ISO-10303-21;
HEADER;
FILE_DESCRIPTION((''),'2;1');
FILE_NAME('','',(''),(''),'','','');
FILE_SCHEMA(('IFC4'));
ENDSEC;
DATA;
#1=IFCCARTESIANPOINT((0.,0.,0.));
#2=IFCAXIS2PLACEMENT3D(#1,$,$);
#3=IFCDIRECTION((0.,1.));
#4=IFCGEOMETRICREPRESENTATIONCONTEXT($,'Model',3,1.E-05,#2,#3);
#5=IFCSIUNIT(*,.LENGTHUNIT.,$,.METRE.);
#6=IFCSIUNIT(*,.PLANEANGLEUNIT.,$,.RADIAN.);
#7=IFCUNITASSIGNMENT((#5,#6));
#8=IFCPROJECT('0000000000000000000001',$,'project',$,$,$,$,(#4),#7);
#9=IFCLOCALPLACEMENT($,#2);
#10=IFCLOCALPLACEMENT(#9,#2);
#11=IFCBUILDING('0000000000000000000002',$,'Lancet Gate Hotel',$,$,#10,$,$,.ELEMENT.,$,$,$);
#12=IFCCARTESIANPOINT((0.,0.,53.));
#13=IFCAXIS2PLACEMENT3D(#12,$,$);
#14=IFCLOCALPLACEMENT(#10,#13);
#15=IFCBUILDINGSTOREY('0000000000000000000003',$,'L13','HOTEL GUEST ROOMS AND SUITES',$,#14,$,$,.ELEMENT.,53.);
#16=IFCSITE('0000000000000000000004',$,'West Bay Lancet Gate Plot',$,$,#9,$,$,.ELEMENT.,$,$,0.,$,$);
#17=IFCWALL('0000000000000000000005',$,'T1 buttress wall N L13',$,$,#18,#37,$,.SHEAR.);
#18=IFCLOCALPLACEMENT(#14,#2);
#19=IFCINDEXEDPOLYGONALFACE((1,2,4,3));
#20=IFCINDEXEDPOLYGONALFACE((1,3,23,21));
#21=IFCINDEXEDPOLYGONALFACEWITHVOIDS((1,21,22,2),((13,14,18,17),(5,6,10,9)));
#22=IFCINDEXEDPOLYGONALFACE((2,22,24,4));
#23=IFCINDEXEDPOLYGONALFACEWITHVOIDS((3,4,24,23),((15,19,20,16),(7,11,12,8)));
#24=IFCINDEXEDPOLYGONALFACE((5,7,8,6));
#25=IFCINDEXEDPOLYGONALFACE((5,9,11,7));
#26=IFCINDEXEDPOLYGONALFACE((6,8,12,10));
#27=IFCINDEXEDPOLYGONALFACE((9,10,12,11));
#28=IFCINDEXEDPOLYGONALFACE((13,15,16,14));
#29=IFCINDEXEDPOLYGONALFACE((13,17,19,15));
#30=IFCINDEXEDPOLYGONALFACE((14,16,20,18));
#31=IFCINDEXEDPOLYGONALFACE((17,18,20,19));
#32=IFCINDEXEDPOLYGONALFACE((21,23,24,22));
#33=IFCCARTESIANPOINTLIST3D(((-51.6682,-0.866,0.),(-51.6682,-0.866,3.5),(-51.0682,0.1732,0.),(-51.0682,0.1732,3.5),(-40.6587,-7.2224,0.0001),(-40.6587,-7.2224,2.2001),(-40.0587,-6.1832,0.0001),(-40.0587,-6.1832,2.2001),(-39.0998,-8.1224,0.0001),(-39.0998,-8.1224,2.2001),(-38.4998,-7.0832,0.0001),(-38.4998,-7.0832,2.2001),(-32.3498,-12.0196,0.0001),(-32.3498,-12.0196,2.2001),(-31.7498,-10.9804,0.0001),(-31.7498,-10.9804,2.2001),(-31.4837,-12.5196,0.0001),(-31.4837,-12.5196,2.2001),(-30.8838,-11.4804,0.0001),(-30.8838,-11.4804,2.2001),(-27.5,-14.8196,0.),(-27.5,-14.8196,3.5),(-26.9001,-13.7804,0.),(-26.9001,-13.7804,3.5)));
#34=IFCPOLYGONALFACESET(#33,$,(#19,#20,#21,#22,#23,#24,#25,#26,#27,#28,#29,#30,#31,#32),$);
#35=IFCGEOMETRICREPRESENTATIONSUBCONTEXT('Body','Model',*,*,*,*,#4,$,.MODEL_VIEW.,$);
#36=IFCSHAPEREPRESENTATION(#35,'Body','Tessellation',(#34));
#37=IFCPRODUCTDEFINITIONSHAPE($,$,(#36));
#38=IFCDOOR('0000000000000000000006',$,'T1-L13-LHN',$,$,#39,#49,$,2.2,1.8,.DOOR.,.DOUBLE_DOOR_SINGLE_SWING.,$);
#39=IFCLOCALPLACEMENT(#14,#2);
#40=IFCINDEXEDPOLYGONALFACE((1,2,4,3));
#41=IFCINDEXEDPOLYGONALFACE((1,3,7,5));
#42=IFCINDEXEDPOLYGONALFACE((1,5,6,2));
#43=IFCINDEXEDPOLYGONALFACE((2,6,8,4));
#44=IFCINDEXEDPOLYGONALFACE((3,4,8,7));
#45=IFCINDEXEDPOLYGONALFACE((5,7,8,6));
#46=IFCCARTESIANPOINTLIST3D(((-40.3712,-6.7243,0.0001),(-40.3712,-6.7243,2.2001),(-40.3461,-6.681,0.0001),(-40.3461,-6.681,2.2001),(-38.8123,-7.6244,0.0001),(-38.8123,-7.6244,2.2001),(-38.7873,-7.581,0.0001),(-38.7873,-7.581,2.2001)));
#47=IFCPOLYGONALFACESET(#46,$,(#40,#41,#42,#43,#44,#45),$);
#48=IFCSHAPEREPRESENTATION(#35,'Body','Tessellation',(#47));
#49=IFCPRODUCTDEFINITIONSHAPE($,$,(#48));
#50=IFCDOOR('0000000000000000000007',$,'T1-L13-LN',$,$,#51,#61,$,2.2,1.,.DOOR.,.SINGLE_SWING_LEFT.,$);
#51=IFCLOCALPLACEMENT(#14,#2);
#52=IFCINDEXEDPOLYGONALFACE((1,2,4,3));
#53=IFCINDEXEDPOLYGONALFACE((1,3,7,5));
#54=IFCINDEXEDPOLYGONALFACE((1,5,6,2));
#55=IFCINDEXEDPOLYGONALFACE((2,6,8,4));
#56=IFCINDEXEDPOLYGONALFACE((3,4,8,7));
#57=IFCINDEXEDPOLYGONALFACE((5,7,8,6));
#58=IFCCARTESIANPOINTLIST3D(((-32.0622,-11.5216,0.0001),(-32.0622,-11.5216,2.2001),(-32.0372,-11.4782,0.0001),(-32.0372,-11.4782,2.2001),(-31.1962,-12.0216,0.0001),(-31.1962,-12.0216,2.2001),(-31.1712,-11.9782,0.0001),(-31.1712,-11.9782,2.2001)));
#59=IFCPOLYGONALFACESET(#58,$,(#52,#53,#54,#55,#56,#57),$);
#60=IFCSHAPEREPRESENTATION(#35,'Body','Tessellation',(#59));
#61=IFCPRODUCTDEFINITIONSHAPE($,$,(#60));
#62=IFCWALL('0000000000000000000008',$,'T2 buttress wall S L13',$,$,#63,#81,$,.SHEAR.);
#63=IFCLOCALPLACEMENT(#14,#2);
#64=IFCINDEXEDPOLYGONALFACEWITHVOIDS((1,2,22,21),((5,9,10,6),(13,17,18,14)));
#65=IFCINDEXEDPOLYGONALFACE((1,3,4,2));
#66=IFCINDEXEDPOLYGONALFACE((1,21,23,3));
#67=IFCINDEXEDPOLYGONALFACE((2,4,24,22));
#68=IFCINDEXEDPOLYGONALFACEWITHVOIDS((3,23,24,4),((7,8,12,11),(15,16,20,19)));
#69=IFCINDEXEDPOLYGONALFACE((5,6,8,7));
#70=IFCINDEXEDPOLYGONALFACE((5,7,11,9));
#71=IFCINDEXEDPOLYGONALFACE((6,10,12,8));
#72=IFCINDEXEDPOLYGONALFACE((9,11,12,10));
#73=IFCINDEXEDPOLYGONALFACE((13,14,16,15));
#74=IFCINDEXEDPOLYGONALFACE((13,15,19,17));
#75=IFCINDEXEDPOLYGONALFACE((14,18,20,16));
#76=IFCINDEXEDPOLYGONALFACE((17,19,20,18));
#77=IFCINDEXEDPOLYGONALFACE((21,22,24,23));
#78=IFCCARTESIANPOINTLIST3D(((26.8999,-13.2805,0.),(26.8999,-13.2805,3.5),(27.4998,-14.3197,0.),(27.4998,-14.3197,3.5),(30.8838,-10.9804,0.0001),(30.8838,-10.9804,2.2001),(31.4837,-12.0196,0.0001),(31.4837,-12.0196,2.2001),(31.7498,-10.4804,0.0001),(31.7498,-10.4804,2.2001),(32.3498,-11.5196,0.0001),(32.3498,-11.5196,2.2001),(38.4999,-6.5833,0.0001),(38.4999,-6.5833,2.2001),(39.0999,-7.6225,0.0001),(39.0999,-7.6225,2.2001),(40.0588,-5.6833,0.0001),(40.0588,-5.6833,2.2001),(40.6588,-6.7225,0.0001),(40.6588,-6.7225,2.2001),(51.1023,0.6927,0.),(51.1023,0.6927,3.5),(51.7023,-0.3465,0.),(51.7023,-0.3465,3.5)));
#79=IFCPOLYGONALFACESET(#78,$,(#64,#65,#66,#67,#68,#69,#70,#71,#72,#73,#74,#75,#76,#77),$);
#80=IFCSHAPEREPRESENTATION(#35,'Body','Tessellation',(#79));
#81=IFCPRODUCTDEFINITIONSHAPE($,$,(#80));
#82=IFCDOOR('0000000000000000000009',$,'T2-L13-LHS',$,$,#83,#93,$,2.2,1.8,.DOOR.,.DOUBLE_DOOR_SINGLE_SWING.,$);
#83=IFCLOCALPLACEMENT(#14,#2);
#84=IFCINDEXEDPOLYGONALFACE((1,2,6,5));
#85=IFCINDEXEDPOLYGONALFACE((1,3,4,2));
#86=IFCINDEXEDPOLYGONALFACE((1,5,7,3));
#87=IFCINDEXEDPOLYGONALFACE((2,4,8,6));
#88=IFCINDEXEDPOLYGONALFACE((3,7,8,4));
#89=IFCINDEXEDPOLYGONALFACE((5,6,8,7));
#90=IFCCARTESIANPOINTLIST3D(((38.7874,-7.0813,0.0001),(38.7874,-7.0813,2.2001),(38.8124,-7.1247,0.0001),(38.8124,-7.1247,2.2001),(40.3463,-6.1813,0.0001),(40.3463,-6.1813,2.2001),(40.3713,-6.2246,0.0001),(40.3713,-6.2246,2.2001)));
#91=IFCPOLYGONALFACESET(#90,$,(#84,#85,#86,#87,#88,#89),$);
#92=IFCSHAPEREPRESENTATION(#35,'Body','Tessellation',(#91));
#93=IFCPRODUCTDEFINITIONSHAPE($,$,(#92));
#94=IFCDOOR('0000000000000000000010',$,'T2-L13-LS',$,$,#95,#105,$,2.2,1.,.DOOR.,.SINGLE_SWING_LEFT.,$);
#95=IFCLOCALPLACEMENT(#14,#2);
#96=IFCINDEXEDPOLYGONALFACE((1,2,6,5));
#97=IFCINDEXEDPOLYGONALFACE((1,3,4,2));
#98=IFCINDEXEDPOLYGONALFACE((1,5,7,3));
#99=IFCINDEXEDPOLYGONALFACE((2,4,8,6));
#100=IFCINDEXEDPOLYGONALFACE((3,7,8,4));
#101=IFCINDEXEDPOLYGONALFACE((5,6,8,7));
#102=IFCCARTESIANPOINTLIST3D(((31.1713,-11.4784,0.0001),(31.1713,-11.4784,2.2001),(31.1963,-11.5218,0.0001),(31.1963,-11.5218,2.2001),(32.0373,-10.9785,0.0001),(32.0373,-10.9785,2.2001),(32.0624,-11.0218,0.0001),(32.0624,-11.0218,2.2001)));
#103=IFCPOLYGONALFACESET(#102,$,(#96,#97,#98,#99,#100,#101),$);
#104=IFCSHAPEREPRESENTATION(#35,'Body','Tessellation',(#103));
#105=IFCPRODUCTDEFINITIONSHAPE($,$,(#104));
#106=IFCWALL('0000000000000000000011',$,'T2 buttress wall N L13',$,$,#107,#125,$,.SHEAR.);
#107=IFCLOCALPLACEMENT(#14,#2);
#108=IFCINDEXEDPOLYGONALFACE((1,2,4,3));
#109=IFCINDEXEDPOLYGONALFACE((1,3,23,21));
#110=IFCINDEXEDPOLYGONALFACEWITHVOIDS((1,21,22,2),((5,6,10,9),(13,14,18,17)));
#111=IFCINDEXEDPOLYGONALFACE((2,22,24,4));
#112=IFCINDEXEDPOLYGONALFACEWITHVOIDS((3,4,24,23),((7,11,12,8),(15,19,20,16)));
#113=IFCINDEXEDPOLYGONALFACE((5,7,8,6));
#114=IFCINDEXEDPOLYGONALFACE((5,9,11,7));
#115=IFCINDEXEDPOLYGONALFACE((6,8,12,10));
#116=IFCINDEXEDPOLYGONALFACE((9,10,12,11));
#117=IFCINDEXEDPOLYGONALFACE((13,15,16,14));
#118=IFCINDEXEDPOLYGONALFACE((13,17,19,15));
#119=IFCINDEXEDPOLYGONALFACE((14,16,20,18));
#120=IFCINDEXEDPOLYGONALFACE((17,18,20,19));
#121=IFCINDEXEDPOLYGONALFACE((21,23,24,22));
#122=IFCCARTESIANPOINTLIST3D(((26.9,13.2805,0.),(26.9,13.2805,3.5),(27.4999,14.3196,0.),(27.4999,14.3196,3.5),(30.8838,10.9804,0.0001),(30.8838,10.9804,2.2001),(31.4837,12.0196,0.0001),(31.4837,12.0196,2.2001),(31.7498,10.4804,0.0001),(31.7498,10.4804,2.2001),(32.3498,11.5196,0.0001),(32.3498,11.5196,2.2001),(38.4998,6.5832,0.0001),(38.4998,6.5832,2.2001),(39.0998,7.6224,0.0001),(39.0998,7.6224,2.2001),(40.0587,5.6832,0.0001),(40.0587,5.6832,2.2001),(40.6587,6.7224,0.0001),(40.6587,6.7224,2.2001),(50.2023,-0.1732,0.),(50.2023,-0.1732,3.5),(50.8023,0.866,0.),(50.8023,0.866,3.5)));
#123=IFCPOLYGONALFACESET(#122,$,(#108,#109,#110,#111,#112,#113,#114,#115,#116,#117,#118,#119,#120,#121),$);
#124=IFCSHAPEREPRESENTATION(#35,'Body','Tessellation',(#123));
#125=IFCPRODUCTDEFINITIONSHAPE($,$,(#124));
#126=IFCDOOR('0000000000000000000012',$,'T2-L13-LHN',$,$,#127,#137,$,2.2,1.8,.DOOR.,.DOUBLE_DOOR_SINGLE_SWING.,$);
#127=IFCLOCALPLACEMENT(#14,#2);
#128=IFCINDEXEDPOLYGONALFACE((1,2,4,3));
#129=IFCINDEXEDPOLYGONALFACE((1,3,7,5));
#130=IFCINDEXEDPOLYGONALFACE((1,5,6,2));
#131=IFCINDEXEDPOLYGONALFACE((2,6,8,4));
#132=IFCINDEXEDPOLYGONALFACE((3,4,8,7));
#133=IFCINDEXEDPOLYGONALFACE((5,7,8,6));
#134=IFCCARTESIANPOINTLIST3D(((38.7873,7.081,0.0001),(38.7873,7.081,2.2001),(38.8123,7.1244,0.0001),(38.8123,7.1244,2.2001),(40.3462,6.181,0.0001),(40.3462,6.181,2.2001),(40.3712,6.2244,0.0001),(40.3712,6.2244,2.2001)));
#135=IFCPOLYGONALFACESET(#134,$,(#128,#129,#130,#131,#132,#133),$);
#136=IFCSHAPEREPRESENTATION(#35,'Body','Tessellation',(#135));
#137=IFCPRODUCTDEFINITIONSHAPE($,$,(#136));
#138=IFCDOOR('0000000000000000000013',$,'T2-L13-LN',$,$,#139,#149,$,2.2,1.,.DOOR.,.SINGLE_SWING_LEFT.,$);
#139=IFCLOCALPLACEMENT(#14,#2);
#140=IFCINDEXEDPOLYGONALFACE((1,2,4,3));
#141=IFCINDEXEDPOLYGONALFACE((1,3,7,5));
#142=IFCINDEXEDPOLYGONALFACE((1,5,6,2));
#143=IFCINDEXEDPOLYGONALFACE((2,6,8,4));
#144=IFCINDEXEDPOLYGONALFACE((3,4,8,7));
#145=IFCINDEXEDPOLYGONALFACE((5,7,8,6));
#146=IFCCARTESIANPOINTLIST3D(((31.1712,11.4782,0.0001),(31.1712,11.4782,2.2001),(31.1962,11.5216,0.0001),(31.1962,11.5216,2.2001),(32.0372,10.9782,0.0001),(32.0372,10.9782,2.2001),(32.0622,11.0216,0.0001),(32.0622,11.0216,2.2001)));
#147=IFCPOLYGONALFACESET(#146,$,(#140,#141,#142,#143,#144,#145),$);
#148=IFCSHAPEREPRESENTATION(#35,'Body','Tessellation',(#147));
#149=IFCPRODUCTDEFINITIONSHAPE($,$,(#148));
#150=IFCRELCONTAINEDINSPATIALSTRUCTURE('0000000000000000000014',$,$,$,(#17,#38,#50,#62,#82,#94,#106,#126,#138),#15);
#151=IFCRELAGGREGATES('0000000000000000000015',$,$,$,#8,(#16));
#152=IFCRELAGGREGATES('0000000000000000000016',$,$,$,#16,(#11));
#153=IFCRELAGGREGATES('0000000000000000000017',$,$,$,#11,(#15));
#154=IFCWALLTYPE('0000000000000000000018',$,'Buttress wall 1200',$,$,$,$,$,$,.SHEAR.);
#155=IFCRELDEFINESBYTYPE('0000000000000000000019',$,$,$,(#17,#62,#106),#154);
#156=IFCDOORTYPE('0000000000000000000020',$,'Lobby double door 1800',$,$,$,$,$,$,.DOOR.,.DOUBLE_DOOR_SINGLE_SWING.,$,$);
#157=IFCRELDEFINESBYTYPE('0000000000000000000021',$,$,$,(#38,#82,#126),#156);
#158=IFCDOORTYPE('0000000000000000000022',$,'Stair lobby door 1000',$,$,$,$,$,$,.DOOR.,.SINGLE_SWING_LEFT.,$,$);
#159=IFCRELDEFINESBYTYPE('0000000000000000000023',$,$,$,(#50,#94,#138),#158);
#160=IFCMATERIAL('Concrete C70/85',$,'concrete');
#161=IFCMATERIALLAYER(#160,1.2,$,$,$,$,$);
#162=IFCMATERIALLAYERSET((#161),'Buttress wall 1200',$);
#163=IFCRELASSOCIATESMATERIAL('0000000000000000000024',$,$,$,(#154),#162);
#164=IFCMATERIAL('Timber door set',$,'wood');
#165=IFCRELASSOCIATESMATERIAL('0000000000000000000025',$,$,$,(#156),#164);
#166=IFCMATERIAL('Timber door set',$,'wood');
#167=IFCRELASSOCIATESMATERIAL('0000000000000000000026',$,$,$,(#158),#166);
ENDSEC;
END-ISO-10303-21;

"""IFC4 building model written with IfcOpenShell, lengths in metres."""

from ifc_helpers import new_model, si_unit, direction, frame, frame_2d, origin, place, context, subcontext, project, spatial, rectangle, extrude, material, layer, layer_set, type_object, element, fill, save


model = new_model("IFC4")

# Units and contexts
model_context = context("Model", 3, precision=1e-05, world=origin(), true_north=direction((0.0, 1.0)))
body_context = subcontext(model_context, "Body", "Model", "MODEL_VIEW")
ifc_project = project(units=[si_unit("LENGTHUNIT", "METRE"), si_unit("PLANEANGLEUNIT", "RADIAN")], contexts=[model_context])

# Site, building, storey
site_placement = place(None, origin())
site = spatial("IfcSite", under=ifc_project, at=site_placement, Name="West Bay Lancet Gate Plot", CompositionType="ELEMENT", RefElevation=0.0)
building_placement = place(site_placement, origin())
building = spatial("IfcBuilding", under=site, at=building_placement, Name="Lancet Gate Hotel", CompositionType="ELEMENT")
storey_placement = place(building_placement, frame((0.0, 0.0, 53.0)))
storey = spatial("IfcBuildingStorey", under=building, at=storey_placement, Name="L13", Description="HOTEL GUEST ROOMS AND SUITES", CompositionType="ELEMENT", Elevation=53.0)

# Walls, openings, doors
ifc_material_1 = material(Name="Concrete C70/85", Category="concrete")
ifc_layer_1 = layer(ifc_material_1, 1.2)
ifc_layer_set_1 = layer_set([ifc_layer_1], Name="Buttress wall 1200")
wall_type = type_object("IfcWallType", Name="Buttress wall 1200", PredefinedType="SHEAR", material=ifc_layer_set_1)
wall_1_placement = place(storey_placement, frame((-27.2, -14.3, 0.0), z_axis=(0.0, 0.0, 1.0), x_axis=(-0.866024, 0.500002, 0.0)))
wall_1 = element("IfcWall", 1, at=wall_1_placement, inside=storey, type_object=wall_type, Name="T1 buttress wall N L13", PredefinedType="SHEAR", context=body_context, shape_type="SweptSolid", body=[
    extrude(rectangle(XDim=27.907, YDim=1.2, at=frame_2d((13.9536, 0.0))), origin(), (0.0, 0.0, 1.0), 3.5),
])
opening_1_placement = place(wall_1_placement, frame((4.6001, 0.0, 0.0)))
opening_1 = element("IfcOpeningElement", 2, at=opening_1_placement, cuts=wall_1, PredefinedType="OPENING", context=body_context, shape_type="SweptSolid", body=[
    extrude(rectangle(XDim=1.0, YDim=2.2, at=frame_2d((0.5, 1.1001))), frame((0.0, 0.6099, 0.0), z_axis=(0.0, -1.0, 0.0), x_axis=(1.0, 0.0, 0.0)), (0.0, 0.0, 1.0), 1.22),
])
opening_2_placement = place(wall_1_placement, frame((13.3945, 0.0, 0.0)))
opening_2 = element("IfcOpeningElement", 3, at=opening_2_placement, cuts=wall_1, PredefinedType="OPENING", context=body_context, shape_type="SweptSolid", body=[
    extrude(rectangle(XDim=1.8, YDim=2.2, at=frame_2d((0.8999, 1.1001))), frame((0.0, 0.6099, 0.0), z_axis=(0.0, -1.0, 0.0), x_axis=(1.0, 0.0, 0.0)), (0.0, 0.0, 1.0), 1.22),
])
ifc_material_2 = material(Name="Timber door set", Category="wood")
door_type_1 = type_object("IfcDoorType", Name="Lobby double door 1800", OperationType="DOUBLE_DOOR_SINGLE_SWING", PredefinedType="DOOR", material=ifc_material_2)
door_1_placement = place(opening_2_placement, origin())
door_1 = element("IfcDoor", 4, at=door_1_placement, inside=storey, type_object=door_type_1, Name="T1-L13-LHN", OperationType="DOUBLE_DOOR_SINGLE_SWING", OverallHeight=2.2, OverallWidth=1.8, PredefinedType="DOOR", context=body_context, shape_type="SweptSolid", body=[
    extrude(rectangle(XDim=1.8, YDim=2.2, at=frame_2d((0.8999, 1.1001))), frame((0.0, 0.0249, 0.0), z_axis=(0.0, -1.0, 0.0), x_axis=(1.0, 0.0, 0.0)), (0.0, 0.0, 1.0), 0.05),
])
fill(opening_2, door_1)
ifc_material_3 = material(Name="Timber door set", Category="wood")
door_type_2 = type_object("IfcDoorType", Name="Stair lobby door 1000", OperationType="SINGLE_SWING_LEFT", PredefinedType="DOOR", material=ifc_material_3)
door_2_placement = place(opening_1_placement, origin())
door_2 = element("IfcDoor", 5, at=door_2_placement, inside=storey, type_object=door_type_2, Name="T1-L13-LN", OperationType="SINGLE_SWING_LEFT", OverallHeight=2.2, OverallWidth=1.0, PredefinedType="DOOR", context=body_context, shape_type="SweptSolid", body=[
    extrude(rectangle(XDim=1.0, YDim=2.2, at=frame_2d((0.5, 1.1001))), frame((0.0, 0.0249, 0.0), z_axis=(0.0, -1.0, 0.0), x_axis=(1.0, 0.0, 0.0)), (0.0, 0.0, 1.0), 0.05),
])
fill(opening_1, door_2)
wall_2_placement = place(storey_placement, frame((27.2, -13.8, 0.0), z_axis=(0.0, 0.0, 1.0), x_axis=(0.866027, 0.499997, 0.0)))
wall_2 = element("IfcWall", 6, at=wall_2_placement, inside=storey, type_object=wall_type, Name="T2 buttress wall S L13", PredefinedType="SHEAR", context=body_context, shape_type="SweptSolid", body=[
    extrude(rectangle(XDim=27.9465, YDim=1.2, at=frame_2d((13.9731, 0.0))), origin(), (0.0, 0.0, 1.0), 3.5),
])
opening_3_placement = place(wall_2_placement, frame((4.6001, 0.0, 0.0)))
opening_3 = element("IfcOpeningElement", 7, at=opening_3_placement, cuts=wall_2, PredefinedType="OPENING", context=body_context, shape_type="SweptSolid", body=[
    extrude(rectangle(XDim=1.0, YDim=2.2, at=frame_2d((0.5, 1.1001))), frame((0.0, 0.6099, 0.0), z_axis=(0.0, -1.0, 0.0), x_axis=(1.0, 0.0, 0.0)), (0.0, 0.0, 1.0), 1.22),
])
opening_4_placement = place(wall_2_placement, frame((13.3945, 0.0, 0.0)))
opening_4 = element("IfcOpeningElement", 8, at=opening_4_placement, cuts=wall_2, PredefinedType="OPENING", context=body_context, shape_type="SweptSolid", body=[
    extrude(rectangle(XDim=1.8, YDim=2.2, at=frame_2d((0.8999, 1.1001))), frame((0.0, 0.6099, 0.0), z_axis=(0.0, -1.0, 0.0), x_axis=(1.0, 0.0, 0.0)), (0.0, 0.0, 1.0), 1.22),
])
door_3_placement = place(opening_4_placement, origin())
door_3 = element("IfcDoor", 9, at=door_3_placement, inside=storey, type_object=door_type_1, Name="T2-L13-LHS", OperationType="DOUBLE_DOOR_SINGLE_SWING", OverallHeight=2.2, OverallWidth=1.8, PredefinedType="DOOR", context=body_context, shape_type="SweptSolid", body=[
    extrude(rectangle(XDim=1.8, YDim=2.2, at=frame_2d((0.8999, 1.1001))), frame((0.0, 0.0249, 0.0), z_axis=(0.0, -1.0, 0.0), x_axis=(1.0, 0.0, 0.0)), (0.0, 0.0, 1.0), 0.05),
])
fill(opening_4, door_3)
door_4_placement = place(opening_3_placement, origin())
door_4 = element("IfcDoor", 10, at=door_4_placement, inside=storey, type_object=door_type_2, Name="T2-L13-LS", OperationType="SINGLE_SWING_LEFT", OverallHeight=2.2, OverallWidth=1.0, PredefinedType="DOOR", context=body_context, shape_type="SweptSolid", body=[
    extrude(rectangle(XDim=1.0, YDim=2.2, at=frame_2d((0.5, 1.1001))), frame((0.0, 0.0249, 0.0), z_axis=(0.0, -1.0, 0.0), x_axis=(1.0, 0.0, 0.0)), (0.0, 0.0, 1.0), 0.05),
])
fill(opening_3, door_4)
wall_3_placement = place(storey_placement, frame((27.2, 13.8, 0.0), z_axis=(0.0, 0.0, 1.0), x_axis=(0.866025, -0.500002, 0.0)))
wall_3 = element("IfcWall", 11, at=wall_3_placement, inside=storey, type_object=wall_type, Name="T2 buttress wall N L13", PredefinedType="SHEAR", context=body_context, shape_type="SweptSolid", body=[
    extrude(rectangle(XDim=26.9072, YDim=1.2, at=frame_2d((13.4536, 0.0))), origin(), (0.0, 0.0, 1.0), 3.5),
])
opening_5_placement = place(wall_3_placement, frame((4.6001, 0.0, 0.0)))
opening_5 = element("IfcOpeningElement", 12, at=opening_5_placement, cuts=wall_3, PredefinedType="OPENING", context=body_context, shape_type="SweptSolid", body=[
    extrude(rectangle(XDim=1.0, YDim=2.2, at=frame_2d((0.5, 1.1001))), frame((0.0, 0.6099, 0.0), z_axis=(0.0, -1.0, 0.0), x_axis=(1.0, 0.0, 0.0)), (0.0, 0.0, 1.0), 1.22),
])
opening_6_placement = place(wall_3_placement, frame((13.3945, 0.0, 0.0)))
opening_6 = element("IfcOpeningElement", 13, at=opening_6_placement, cuts=wall_3, PredefinedType="OPENING", context=body_context, shape_type="SweptSolid", body=[
    extrude(rectangle(XDim=1.8, YDim=2.2, at=frame_2d((0.8999, 1.1001))), frame((0.0, 0.6099, 0.0), z_axis=(0.0, -1.0, 0.0), x_axis=(1.0, 0.0, 0.0)), (0.0, 0.0, 1.0), 1.22),
])
door_5_placement = place(opening_6_placement, origin())
door_5 = element("IfcDoor", 14, at=door_5_placement, inside=storey, type_object=door_type_1, Name="T2-L13-LHN", OperationType="DOUBLE_DOOR_SINGLE_SWING", OverallHeight=2.2, OverallWidth=1.8, PredefinedType="DOOR", context=body_context, shape_type="SweptSolid", body=[
    extrude(rectangle(XDim=1.8, YDim=2.2, at=frame_2d((0.8999, 1.1001))), frame((0.0, 0.0249, 0.0), z_axis=(0.0, -1.0, 0.0), x_axis=(1.0, 0.0, 0.0)), (0.0, 0.0, 1.0), 0.05),
])
fill(opening_6, door_5)
door_6_placement = place(opening_5_placement, origin())
door_6 = element("IfcDoor", 15, at=door_6_placement, inside=storey, type_object=door_type_2, Name="T2-L13-LN", OperationType="SINGLE_SWING_LEFT", OverallHeight=2.2, OverallWidth=1.0, PredefinedType="DOOR", context=body_context, shape_type="SweptSolid", body=[
    extrude(rectangle(XDim=1.0, YDim=2.2, at=frame_2d((0.5, 1.1001))), frame((0.0, 0.0249, 0.0), z_axis=(0.0, -1.0, 0.0), x_axis=(1.0, 0.0, 0.0)), (0.0, 0.0, 1.0), 0.05),
])
fill(opening_5, door_6)

save(model, "model.ifc")
